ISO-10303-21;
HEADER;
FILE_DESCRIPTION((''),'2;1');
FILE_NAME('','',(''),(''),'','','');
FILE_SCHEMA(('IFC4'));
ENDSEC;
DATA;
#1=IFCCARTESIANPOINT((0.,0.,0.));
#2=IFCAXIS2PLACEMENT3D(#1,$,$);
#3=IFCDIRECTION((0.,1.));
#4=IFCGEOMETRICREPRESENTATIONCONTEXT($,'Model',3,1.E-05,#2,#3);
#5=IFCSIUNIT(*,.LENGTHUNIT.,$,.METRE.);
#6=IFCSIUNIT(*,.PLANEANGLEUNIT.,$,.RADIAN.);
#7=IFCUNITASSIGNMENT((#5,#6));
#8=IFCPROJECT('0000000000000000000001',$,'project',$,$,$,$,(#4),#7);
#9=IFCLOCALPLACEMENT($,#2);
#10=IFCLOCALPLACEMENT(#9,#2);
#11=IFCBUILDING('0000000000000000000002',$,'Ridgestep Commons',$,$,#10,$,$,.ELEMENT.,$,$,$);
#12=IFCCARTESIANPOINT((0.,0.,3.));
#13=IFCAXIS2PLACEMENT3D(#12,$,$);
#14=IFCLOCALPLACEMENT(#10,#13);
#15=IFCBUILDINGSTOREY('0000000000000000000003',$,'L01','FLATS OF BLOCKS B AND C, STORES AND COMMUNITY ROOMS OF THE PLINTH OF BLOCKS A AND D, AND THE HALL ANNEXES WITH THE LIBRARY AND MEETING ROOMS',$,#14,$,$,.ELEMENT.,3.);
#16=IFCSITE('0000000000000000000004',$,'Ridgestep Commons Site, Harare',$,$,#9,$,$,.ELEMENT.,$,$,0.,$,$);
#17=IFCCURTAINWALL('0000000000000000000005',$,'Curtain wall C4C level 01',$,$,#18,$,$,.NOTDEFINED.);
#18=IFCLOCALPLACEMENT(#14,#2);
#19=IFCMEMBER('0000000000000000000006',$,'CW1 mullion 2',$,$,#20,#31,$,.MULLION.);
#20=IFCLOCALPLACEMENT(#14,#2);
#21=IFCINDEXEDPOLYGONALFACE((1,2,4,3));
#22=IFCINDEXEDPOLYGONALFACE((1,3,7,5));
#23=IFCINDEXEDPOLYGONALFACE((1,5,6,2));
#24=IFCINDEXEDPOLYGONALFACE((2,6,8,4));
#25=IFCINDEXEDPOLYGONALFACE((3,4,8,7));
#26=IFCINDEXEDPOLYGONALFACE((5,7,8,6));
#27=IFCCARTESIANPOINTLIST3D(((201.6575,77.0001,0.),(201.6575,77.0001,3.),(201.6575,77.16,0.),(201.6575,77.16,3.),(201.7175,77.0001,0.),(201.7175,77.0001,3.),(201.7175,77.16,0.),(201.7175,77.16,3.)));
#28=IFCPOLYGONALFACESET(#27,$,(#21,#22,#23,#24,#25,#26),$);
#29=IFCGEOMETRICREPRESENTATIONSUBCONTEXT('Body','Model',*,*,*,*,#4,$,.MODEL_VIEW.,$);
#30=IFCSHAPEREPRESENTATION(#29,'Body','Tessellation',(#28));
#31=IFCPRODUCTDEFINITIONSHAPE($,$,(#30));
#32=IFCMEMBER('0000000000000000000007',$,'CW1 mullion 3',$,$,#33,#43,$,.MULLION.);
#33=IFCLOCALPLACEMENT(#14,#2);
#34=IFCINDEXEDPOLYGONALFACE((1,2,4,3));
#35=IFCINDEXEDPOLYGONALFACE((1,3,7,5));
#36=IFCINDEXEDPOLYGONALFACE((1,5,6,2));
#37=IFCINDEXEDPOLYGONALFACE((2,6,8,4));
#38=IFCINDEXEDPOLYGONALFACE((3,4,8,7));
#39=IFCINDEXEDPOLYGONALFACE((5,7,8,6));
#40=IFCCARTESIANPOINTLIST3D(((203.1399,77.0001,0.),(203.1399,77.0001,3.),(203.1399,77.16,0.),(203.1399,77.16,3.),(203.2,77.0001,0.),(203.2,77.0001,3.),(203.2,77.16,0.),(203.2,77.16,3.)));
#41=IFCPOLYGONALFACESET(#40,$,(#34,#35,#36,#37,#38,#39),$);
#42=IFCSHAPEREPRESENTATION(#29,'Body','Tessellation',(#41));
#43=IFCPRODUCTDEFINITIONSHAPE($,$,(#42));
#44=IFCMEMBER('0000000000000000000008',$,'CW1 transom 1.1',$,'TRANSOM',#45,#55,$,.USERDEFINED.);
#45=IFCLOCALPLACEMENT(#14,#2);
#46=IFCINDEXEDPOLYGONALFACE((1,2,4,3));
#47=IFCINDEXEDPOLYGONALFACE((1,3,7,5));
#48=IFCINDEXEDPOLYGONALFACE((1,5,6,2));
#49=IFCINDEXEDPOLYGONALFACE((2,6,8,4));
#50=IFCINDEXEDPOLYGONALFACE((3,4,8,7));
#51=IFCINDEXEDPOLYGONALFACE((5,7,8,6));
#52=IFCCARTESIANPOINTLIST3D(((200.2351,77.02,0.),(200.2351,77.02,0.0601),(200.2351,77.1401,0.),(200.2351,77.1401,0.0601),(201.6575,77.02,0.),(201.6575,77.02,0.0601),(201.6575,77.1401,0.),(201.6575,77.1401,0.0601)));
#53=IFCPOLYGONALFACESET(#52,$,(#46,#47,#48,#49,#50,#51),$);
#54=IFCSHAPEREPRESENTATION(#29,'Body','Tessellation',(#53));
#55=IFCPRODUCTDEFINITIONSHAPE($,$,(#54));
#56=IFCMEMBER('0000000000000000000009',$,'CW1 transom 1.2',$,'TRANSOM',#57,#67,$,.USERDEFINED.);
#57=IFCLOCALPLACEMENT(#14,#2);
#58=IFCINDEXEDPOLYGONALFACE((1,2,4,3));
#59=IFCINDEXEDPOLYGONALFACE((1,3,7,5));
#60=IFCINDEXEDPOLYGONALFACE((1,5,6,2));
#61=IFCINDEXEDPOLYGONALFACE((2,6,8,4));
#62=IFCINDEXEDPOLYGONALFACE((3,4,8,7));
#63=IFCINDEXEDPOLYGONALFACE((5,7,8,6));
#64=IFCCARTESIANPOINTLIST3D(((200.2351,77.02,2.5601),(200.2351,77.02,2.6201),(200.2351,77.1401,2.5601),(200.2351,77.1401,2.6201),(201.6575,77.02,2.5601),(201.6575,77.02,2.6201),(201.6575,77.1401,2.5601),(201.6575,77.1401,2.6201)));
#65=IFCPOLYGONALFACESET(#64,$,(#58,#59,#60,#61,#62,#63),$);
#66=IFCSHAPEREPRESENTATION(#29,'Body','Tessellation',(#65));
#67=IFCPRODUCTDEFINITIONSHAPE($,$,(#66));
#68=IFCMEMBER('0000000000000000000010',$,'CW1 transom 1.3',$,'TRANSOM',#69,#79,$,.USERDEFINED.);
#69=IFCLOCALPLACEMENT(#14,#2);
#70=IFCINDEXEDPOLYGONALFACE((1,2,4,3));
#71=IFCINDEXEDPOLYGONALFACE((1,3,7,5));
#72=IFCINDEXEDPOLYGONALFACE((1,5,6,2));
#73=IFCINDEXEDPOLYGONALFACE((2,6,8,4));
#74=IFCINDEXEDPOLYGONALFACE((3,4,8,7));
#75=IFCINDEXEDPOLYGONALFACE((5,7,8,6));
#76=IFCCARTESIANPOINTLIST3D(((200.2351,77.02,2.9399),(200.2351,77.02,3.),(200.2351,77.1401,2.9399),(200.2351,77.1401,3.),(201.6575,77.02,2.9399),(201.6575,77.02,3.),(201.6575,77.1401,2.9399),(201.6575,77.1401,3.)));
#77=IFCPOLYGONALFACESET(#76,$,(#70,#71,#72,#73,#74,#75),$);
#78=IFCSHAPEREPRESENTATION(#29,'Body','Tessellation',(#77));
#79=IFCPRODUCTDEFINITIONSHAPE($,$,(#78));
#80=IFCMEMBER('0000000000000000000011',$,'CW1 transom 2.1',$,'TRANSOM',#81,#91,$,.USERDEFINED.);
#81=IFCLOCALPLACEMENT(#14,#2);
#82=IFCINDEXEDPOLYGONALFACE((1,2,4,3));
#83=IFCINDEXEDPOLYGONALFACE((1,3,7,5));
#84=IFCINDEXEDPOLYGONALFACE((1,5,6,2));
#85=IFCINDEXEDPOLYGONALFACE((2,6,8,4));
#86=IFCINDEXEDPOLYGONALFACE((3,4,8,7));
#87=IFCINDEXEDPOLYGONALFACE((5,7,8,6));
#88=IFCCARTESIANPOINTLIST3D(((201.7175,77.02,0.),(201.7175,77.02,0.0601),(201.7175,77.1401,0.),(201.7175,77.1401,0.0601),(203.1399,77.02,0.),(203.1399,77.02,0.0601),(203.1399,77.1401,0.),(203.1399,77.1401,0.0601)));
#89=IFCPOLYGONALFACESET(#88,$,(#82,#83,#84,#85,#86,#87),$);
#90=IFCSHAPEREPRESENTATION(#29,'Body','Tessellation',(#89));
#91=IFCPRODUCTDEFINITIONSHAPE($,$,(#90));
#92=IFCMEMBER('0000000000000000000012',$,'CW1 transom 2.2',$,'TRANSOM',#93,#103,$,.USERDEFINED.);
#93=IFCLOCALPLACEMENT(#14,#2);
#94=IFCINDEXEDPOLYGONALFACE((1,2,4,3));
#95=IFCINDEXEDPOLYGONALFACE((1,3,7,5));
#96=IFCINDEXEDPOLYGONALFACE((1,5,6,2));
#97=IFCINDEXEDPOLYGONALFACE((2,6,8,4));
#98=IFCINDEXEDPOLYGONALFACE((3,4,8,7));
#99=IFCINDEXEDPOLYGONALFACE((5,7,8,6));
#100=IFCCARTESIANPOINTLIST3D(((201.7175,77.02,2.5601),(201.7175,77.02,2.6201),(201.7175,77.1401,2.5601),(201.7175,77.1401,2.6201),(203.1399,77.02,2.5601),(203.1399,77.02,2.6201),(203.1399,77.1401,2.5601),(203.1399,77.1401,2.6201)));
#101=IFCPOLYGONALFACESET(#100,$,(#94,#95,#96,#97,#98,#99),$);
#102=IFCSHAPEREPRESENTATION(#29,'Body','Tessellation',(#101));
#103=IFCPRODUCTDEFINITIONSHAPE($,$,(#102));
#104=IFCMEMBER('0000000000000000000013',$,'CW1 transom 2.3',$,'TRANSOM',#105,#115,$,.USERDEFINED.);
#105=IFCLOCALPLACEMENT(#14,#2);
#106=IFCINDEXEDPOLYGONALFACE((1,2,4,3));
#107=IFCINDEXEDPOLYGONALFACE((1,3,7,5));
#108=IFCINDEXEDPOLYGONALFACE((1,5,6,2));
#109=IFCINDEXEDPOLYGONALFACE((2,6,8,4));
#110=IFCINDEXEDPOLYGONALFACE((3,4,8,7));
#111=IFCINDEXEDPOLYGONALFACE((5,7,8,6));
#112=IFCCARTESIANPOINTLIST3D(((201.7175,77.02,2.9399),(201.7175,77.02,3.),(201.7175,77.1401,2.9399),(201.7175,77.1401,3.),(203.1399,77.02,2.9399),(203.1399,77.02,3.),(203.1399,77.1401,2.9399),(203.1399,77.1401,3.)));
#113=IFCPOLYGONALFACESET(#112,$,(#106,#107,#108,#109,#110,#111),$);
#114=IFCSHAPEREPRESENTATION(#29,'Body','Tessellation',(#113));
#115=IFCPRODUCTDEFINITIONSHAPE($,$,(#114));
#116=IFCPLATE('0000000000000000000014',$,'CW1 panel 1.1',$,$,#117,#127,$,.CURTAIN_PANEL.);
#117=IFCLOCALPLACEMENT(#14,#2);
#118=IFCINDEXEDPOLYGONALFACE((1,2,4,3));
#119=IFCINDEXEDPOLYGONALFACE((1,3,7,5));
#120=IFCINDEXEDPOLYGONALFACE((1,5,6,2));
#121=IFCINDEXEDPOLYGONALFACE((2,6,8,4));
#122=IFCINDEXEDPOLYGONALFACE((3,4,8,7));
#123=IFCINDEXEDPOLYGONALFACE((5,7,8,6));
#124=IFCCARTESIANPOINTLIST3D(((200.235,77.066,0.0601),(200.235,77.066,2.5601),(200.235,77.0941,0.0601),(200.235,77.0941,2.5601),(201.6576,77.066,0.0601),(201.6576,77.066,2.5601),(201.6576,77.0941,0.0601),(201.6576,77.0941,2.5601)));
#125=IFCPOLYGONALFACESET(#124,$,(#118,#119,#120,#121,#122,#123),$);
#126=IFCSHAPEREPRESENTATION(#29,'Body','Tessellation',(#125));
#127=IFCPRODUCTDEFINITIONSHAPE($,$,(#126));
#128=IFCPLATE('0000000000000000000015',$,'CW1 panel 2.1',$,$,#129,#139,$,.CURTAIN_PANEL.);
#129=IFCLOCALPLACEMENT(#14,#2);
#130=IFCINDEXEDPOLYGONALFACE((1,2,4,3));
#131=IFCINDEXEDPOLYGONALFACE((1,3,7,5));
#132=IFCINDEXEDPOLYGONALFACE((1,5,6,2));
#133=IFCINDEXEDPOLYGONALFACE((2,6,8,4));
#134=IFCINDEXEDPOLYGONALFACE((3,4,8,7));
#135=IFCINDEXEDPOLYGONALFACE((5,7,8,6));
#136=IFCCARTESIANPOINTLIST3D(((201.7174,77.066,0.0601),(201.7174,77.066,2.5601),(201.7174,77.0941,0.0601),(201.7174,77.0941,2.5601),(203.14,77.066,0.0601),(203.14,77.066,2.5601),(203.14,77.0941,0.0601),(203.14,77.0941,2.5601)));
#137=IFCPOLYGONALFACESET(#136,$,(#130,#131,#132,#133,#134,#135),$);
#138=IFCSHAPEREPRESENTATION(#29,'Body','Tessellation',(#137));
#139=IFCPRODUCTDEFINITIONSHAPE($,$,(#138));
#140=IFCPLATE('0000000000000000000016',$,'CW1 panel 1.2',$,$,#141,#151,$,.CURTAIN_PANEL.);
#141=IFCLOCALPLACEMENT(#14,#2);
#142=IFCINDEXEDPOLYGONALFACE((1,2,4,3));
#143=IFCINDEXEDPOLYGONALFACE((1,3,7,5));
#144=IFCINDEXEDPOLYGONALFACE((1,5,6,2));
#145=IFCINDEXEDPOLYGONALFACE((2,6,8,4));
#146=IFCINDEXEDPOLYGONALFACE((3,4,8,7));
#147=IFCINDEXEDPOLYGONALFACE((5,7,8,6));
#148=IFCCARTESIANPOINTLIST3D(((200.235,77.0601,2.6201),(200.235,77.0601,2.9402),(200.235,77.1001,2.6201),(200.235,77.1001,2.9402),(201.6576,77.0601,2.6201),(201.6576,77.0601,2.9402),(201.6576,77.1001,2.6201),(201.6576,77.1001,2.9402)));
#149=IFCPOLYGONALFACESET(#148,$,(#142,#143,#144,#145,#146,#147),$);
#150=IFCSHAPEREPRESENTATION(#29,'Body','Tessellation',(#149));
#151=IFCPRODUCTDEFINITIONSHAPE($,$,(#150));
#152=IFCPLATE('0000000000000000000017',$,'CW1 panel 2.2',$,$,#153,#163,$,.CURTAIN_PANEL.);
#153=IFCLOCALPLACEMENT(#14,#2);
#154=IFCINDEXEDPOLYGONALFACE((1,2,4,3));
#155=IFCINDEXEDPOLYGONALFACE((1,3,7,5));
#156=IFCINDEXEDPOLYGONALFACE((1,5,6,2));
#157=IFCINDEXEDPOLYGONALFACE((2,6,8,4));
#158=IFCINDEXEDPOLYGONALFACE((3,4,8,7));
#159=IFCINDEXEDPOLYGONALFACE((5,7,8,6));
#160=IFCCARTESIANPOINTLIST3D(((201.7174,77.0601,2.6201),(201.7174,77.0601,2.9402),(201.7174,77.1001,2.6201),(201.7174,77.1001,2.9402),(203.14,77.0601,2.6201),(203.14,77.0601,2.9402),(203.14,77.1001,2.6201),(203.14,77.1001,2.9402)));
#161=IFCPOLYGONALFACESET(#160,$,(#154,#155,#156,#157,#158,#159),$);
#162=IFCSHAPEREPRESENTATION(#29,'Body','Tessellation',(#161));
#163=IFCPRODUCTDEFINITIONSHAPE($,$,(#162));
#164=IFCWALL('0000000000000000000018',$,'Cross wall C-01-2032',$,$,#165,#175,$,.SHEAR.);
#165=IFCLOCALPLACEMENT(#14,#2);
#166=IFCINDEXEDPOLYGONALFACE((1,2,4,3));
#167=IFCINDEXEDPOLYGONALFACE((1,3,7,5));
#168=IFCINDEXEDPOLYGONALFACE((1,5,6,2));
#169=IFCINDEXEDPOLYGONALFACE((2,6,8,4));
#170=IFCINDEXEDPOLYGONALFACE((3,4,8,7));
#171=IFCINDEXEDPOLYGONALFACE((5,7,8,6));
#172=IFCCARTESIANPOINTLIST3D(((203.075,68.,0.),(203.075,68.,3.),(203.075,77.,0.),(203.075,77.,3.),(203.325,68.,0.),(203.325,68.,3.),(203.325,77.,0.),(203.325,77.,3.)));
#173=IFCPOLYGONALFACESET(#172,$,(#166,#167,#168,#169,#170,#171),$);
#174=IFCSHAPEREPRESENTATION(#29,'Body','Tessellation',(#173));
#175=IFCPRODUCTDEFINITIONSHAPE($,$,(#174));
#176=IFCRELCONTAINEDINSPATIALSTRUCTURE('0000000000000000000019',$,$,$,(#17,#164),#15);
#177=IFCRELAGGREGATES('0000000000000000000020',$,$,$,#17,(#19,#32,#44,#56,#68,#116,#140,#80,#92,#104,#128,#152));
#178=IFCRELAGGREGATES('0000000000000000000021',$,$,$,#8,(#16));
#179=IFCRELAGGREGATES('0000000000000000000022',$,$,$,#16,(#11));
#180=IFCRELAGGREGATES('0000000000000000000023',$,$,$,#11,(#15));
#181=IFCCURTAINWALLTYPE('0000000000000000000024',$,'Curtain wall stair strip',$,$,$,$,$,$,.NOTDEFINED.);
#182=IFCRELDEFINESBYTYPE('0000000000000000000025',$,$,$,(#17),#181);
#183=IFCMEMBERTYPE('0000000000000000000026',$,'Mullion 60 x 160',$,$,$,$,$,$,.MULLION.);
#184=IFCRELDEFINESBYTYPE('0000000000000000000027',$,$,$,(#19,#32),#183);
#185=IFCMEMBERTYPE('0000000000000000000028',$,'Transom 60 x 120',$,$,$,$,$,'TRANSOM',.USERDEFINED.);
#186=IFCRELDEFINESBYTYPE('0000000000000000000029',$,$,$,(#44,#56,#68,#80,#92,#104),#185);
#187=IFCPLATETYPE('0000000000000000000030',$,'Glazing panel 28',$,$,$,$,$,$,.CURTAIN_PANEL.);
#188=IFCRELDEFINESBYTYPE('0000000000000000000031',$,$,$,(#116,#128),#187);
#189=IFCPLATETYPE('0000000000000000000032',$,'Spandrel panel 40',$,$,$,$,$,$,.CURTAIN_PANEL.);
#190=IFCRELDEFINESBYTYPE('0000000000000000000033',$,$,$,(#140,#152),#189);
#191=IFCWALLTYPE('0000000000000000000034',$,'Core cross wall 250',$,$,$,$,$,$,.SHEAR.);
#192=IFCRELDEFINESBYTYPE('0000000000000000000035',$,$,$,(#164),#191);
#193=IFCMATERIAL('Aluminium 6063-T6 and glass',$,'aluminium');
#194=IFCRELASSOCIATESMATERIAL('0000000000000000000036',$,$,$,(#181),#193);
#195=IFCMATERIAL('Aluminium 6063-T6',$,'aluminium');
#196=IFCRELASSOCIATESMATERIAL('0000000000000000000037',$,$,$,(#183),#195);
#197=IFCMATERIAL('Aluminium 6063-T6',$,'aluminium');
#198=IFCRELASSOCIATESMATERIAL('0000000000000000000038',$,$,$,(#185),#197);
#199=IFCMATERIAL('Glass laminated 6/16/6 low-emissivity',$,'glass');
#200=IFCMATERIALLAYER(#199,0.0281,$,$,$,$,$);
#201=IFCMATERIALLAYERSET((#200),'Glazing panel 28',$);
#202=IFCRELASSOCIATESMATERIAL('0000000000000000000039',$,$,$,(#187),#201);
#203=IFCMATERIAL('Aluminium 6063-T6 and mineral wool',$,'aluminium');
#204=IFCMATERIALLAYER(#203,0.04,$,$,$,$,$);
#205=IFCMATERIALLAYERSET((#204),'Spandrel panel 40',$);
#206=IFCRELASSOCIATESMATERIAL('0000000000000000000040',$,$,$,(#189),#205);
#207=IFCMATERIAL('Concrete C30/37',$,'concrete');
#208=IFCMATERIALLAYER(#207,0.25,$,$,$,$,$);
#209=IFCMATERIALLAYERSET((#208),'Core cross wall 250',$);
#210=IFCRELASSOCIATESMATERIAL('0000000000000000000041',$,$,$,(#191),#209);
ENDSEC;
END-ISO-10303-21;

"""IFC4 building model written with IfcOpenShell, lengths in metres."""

from ifc_helpers import new_model, si_unit, direction, frame, frame_2d, origin, origin_2d, place, context, subcontext, project, spatial, rectangle, extrude, material, layer, layer_set, material_profile, profile_set, type_object, element, aggregate, save


model = new_model("IFC4")

# Units and contexts
model_context = context("Model", 3, precision=1e-05, world=origin(), true_north=direction((0.0, 1.0)))
body_context = subcontext(model_context, "Body", "Model", "MODEL_VIEW")
ifc_project = project(units=[si_unit("LENGTHUNIT", "METRE"), si_unit("PLANEANGLEUNIT", "RADIAN")], contexts=[model_context])

# Site, building, storey
site_placement = place(None, origin())
site = spatial("IfcSite", under=ifc_project, at=site_placement, Name="Ridgestep Commons Site, Harare", CompositionType="ELEMENT", RefElevation=0.0)
building_placement = place(site_placement, origin())
building = spatial("IfcBuilding", under=site, at=building_placement, Name="Ridgestep Commons", CompositionType="ELEMENT")
storey_placement = place(building_placement, frame((0.0, 0.0, 3.0)))
storey = spatial("IfcBuildingStorey", under=building, at=storey_placement, Name="L01", Description="FLATS OF BLOCKS B AND C, STORES AND COMMUNITY ROOMS OF THE PLINTH OF BLOCKS A AND D, AND THE HALL ANNEXES WITH THE LIBRARY AND MEETING ROOMS", CompositionType="ELEMENT", Elevation=3.0)

# Curtain wall, members, plates
ifc_material_1 = material(Name="Aluminium 6063-T6 and glass", Category="aluminium")
curtain_wall_type = type_object("IfcCurtainWallType", Name="Curtain wall stair strip", PredefinedType="NOTDEFINED", material=ifc_material_1)
curtain_wall_placement = place(storey_placement, origin())
curtain_wall = element("IfcCurtainWall", 1, at=curtain_wall_placement, inside=storey, type_object=curtain_wall_type, Name="Curtain wall C4C level 01", PredefinedType="NOTDEFINED")
ifc_material_2 = material(Name="Aluminium 6063-T6", Category="aluminium")
ifc_material_profile_1 = material_profile(ifc_material_2, rectangle(XDim=0.1599, YDim=0.0601, at=origin_2d()), Name="Mullion 60 x 160")
ifc_profile_set_1 = profile_set([ifc_material_profile_1], Name="Aluminium 6063-T6")
member_type_1 = type_object("IfcMemberType", Name="Mullion 60 x 160", PredefinedType="MULLION", material=ifc_profile_set_1)
member_1_placement = place(storey_placement, frame((201.6875, 77.0801, 0.0), z_axis=(0.0, 0.0, 1.0), x_axis=(0.0, 1.0, 0.0)))
member_1 = element("IfcMember", 2, at=member_1_placement, type_object=member_type_1, Name="CW1 mullion 2", PredefinedType="MULLION", context=body_context, shape_type="SweptSolid", body=[
    extrude(rectangle(XDim=0.1599, YDim=0.0601, at=origin_2d()), origin(), (0.0, 0.0, 1.0), 3.0),
])
member_2_placement = place(storey_placement, frame((203.1699, 77.0801, 0.0), z_axis=(0.0, 0.0, 1.0), x_axis=(0.0, 1.0, 0.0)))
member_2 = element("IfcMember", 3, at=member_2_placement, type_object=member_type_1, Name="CW1 mullion 3", PredefinedType="MULLION", context=body_context, shape_type="SweptSolid", body=[
    extrude(rectangle(XDim=0.1599, YDim=0.0601, at=origin_2d()), origin(), (0.0, 0.0, 1.0), 3.0),
])
ifc_material_3 = material(Name="Aluminium 6063-T6", Category="aluminium")
ifc_material_profile_2 = material_profile(ifc_material_3, rectangle(XDim=0.1201, YDim=0.0601, at=origin_2d()), Name="Transom 60 x 120")
ifc_profile_set_2 = profile_set([ifc_material_profile_2], Name="Aluminium 6063-T6")
member_type_2 = type_object("IfcMemberType", Name="Transom 60 x 120", ElementType="TRANSOM", PredefinedType="USERDEFINED", material=ifc_profile_set_2)
member_3_placement = place(storey_placement, frame((200.2351, 77.0801, 0.03), z_axis=(1.0, 0.0, 0.0), x_axis=(0.0, 1.0, 0.0)))
member_3 = element("IfcMember", 4, at=member_3_placement, type_object=member_type_2, Name="CW1 transom 1.1", ObjectType="TRANSOM", PredefinedType="USERDEFINED", context=body_context, shape_type="SweptSolid", body=[
    extrude(rectangle(XDim=0.1201, YDim=0.0601, at=origin_2d()), origin(), (0.0, 0.0, 1.0), 1.4224),
])
member_4_placement = place(storey_placement, frame((200.2351, 77.0801, 2.5901), z_axis=(1.0, 0.0, 0.0), x_axis=(0.0, 1.0, 0.0)))
member_4 = element("IfcMember", 5, at=member_4_placement, type_object=member_type_2, Name="CW1 transom 1.2", ObjectType="TRANSOM", PredefinedType="USERDEFINED", context=body_context, shape_type="SweptSolid", body=[
    extrude(rectangle(XDim=0.1201, YDim=0.0601, at=origin_2d()), origin(), (0.0, 0.0, 1.0), 1.4224),
])
member_5_placement = place(storey_placement, frame((200.2351, 77.0801, 2.97), z_axis=(1.0, 0.0, 0.0), x_axis=(0.0, 1.0, 0.0)))
member_5 = element("IfcMember", 6, at=member_5_placement, type_object=member_type_2, Name="CW1 transom 1.3", ObjectType="TRANSOM", PredefinedType="USERDEFINED", context=body_context, shape_type="SweptSolid", body=[
    extrude(rectangle(XDim=0.1201, YDim=0.0601, at=origin_2d()), origin(), (0.0, 0.0, 1.0), 1.4224),
])
member_6_placement = place(storey_placement, frame((201.7175, 77.0801, 0.03), z_axis=(1.0, 0.0, 0.0), x_axis=(0.0, 1.0, 0.0)))
member_6 = element("IfcMember", 7, at=member_6_placement, type_object=member_type_2, Name="CW1 transom 2.1", ObjectType="TRANSOM", PredefinedType="USERDEFINED", context=body_context, shape_type="SweptSolid", body=[
    extrude(rectangle(XDim=0.1201, YDim=0.0601, at=origin_2d()), origin(), (0.0, 0.0, 1.0), 1.4224),
])
member_7_placement = place(storey_placement, frame((201.7175, 77.0801, 2.5901), z_axis=(1.0, 0.0, 0.0), x_axis=(0.0, 1.0, 0.0)))
member_7 = element("IfcMember", 8, at=member_7_placement, type_object=member_type_2, Name="CW1 transom 2.2", ObjectType="TRANSOM", PredefinedType="USERDEFINED", context=body_context, shape_type="SweptSolid", body=[
    extrude(rectangle(XDim=0.1201, YDim=0.0601, at=origin_2d()), origin(), (0.0, 0.0, 1.0), 1.4224),
])
member_8_placement = place(storey_placement, frame((201.7175, 77.0801, 2.97), z_axis=(1.0, 0.0, 0.0), x_axis=(0.0, 1.0, 0.0)))
member_8 = element("IfcMember", 9, at=member_8_placement, type_object=member_type_2, Name="CW1 transom 2.3", ObjectType="TRANSOM", PredefinedType="USERDEFINED", context=body_context, shape_type="SweptSolid", body=[
    extrude(rectangle(XDim=0.1201, YDim=0.0601, at=origin_2d()), origin(), (0.0, 0.0, 1.0), 1.4224),
])
ifc_material_4 = material(Name="Glass laminated 6/16/6 low-emissivity", Category="glass")
ifc_layer_1 = layer(ifc_material_4, 0.0281)
ifc_layer_set_1 = layer_set([ifc_layer_1], Name="Glazing panel 28")
plate_type_1 = type_object("IfcPlateType", Name="Glazing panel 28", PredefinedType="CURTAIN_PANEL", material=ifc_layer_set_1)
plate_1_placement = place(storey_placement, frame((200.9463, 77.0801, 0.0601), z_axis=(0.0, 0.0, 1.0), x_axis=(1.0, 0.0, 0.0)))
plate_1 = element("IfcPlate", 10, at=plate_1_placement, type_object=plate_type_1, Name="CW1 panel 1.1", PredefinedType="CURTAIN_PANEL", context=body_context, shape_type="SweptSolid", body=[
    extrude(rectangle(XDim=1.4226, YDim=0.0281, at=origin_2d()), origin(), (0.0, 0.0, 1.0), 2.5),
])
plate_2_placement = place(storey_placement, frame((202.4287, 77.0801, 0.0601), z_axis=(0.0, 0.0, 1.0), x_axis=(1.0, 0.0, 0.0)))
plate_2 = element("IfcPlate", 11, at=plate_2_placement, type_object=plate_type_1, Name="CW1 panel 2.1", PredefinedType="CURTAIN_PANEL", context=body_context, shape_type="SweptSolid", body=[
    extrude(rectangle(XDim=1.4226, YDim=0.0281, at=origin_2d()), origin(), (0.0, 0.0, 1.0), 2.5),
])
ifc_material_5 = material(Name="Aluminium 6063-T6 and mineral wool", Category="aluminium")
ifc_layer_2 = layer(ifc_material_5, 0.04)
ifc_layer_set_2 = layer_set([ifc_layer_2], Name="Spandrel panel 40")
plate_type_2 = type_object("IfcPlateType", Name="Spandrel panel 40", PredefinedType="CURTAIN_PANEL", material=ifc_layer_set_2)
plate_3_placement = place(storey_placement, frame((200.9463, 77.0801, 2.6201), z_axis=(0.0, 0.0, 1.0), x_axis=(1.0, 0.0, 0.0)))
plate_3 = element("IfcPlate", 12, at=plate_3_placement, type_object=plate_type_2, Name="CW1 panel 1.2", PredefinedType="CURTAIN_PANEL", context=body_context, shape_type="SweptSolid", body=[
    extrude(rectangle(XDim=1.4226, YDim=0.04, at=origin_2d()), origin(), (0.0, 0.0, 1.0), 0.3201),
])
plate_4_placement = place(storey_placement, frame((202.4287, 77.0801, 2.6201), z_axis=(0.0, 0.0, 1.0), x_axis=(1.0, 0.0, 0.0)))
plate_4 = element("IfcPlate", 13, at=plate_4_placement, type_object=plate_type_2, Name="CW1 panel 2.2", PredefinedType="CURTAIN_PANEL", context=body_context, shape_type="SweptSolid", body=[
    extrude(rectangle(XDim=1.4226, YDim=0.04, at=origin_2d()), origin(), (0.0, 0.0, 1.0), 0.3201),
])
aggregate(curtain_wall, [member_1, member_2, member_3, member_4, member_5, plate_1, plate_3, member_6, member_7, member_8, plate_2, plate_4])

# Wall
ifc_material_6 = material(Name="Concrete C30/37", Category="concrete")
ifc_layer_3 = layer(ifc_material_6, 0.25)
ifc_layer_set_3 = layer_set([ifc_layer_3], Name="Core cross wall 250")
wall_type_1 = type_object("IfcWallType", Name="Core cross wall 250", PredefinedType="SHEAR", material=ifc_layer_set_3)
wall_1_placement = place(storey_placement, frame((203.2, 68.0, 0.0), z_axis=(0.0, 0.0, 1.0), x_axis=(0.0, 1.0, 0.0)))
element("IfcWall", 14, at=wall_1_placement, inside=storey, type_object=wall_type_1, Name="Cross wall C-01-2032", PredefinedType="SHEAR", context=body_context, shape_type="SweptSolid", body=[
    extrude(rectangle(XDim=9.0, YDim=0.25, at=frame_2d((4.5, 0.0))), origin(), (0.0, 0.0, 1.0), 3.0),
])

save(model, "model.ifc")
